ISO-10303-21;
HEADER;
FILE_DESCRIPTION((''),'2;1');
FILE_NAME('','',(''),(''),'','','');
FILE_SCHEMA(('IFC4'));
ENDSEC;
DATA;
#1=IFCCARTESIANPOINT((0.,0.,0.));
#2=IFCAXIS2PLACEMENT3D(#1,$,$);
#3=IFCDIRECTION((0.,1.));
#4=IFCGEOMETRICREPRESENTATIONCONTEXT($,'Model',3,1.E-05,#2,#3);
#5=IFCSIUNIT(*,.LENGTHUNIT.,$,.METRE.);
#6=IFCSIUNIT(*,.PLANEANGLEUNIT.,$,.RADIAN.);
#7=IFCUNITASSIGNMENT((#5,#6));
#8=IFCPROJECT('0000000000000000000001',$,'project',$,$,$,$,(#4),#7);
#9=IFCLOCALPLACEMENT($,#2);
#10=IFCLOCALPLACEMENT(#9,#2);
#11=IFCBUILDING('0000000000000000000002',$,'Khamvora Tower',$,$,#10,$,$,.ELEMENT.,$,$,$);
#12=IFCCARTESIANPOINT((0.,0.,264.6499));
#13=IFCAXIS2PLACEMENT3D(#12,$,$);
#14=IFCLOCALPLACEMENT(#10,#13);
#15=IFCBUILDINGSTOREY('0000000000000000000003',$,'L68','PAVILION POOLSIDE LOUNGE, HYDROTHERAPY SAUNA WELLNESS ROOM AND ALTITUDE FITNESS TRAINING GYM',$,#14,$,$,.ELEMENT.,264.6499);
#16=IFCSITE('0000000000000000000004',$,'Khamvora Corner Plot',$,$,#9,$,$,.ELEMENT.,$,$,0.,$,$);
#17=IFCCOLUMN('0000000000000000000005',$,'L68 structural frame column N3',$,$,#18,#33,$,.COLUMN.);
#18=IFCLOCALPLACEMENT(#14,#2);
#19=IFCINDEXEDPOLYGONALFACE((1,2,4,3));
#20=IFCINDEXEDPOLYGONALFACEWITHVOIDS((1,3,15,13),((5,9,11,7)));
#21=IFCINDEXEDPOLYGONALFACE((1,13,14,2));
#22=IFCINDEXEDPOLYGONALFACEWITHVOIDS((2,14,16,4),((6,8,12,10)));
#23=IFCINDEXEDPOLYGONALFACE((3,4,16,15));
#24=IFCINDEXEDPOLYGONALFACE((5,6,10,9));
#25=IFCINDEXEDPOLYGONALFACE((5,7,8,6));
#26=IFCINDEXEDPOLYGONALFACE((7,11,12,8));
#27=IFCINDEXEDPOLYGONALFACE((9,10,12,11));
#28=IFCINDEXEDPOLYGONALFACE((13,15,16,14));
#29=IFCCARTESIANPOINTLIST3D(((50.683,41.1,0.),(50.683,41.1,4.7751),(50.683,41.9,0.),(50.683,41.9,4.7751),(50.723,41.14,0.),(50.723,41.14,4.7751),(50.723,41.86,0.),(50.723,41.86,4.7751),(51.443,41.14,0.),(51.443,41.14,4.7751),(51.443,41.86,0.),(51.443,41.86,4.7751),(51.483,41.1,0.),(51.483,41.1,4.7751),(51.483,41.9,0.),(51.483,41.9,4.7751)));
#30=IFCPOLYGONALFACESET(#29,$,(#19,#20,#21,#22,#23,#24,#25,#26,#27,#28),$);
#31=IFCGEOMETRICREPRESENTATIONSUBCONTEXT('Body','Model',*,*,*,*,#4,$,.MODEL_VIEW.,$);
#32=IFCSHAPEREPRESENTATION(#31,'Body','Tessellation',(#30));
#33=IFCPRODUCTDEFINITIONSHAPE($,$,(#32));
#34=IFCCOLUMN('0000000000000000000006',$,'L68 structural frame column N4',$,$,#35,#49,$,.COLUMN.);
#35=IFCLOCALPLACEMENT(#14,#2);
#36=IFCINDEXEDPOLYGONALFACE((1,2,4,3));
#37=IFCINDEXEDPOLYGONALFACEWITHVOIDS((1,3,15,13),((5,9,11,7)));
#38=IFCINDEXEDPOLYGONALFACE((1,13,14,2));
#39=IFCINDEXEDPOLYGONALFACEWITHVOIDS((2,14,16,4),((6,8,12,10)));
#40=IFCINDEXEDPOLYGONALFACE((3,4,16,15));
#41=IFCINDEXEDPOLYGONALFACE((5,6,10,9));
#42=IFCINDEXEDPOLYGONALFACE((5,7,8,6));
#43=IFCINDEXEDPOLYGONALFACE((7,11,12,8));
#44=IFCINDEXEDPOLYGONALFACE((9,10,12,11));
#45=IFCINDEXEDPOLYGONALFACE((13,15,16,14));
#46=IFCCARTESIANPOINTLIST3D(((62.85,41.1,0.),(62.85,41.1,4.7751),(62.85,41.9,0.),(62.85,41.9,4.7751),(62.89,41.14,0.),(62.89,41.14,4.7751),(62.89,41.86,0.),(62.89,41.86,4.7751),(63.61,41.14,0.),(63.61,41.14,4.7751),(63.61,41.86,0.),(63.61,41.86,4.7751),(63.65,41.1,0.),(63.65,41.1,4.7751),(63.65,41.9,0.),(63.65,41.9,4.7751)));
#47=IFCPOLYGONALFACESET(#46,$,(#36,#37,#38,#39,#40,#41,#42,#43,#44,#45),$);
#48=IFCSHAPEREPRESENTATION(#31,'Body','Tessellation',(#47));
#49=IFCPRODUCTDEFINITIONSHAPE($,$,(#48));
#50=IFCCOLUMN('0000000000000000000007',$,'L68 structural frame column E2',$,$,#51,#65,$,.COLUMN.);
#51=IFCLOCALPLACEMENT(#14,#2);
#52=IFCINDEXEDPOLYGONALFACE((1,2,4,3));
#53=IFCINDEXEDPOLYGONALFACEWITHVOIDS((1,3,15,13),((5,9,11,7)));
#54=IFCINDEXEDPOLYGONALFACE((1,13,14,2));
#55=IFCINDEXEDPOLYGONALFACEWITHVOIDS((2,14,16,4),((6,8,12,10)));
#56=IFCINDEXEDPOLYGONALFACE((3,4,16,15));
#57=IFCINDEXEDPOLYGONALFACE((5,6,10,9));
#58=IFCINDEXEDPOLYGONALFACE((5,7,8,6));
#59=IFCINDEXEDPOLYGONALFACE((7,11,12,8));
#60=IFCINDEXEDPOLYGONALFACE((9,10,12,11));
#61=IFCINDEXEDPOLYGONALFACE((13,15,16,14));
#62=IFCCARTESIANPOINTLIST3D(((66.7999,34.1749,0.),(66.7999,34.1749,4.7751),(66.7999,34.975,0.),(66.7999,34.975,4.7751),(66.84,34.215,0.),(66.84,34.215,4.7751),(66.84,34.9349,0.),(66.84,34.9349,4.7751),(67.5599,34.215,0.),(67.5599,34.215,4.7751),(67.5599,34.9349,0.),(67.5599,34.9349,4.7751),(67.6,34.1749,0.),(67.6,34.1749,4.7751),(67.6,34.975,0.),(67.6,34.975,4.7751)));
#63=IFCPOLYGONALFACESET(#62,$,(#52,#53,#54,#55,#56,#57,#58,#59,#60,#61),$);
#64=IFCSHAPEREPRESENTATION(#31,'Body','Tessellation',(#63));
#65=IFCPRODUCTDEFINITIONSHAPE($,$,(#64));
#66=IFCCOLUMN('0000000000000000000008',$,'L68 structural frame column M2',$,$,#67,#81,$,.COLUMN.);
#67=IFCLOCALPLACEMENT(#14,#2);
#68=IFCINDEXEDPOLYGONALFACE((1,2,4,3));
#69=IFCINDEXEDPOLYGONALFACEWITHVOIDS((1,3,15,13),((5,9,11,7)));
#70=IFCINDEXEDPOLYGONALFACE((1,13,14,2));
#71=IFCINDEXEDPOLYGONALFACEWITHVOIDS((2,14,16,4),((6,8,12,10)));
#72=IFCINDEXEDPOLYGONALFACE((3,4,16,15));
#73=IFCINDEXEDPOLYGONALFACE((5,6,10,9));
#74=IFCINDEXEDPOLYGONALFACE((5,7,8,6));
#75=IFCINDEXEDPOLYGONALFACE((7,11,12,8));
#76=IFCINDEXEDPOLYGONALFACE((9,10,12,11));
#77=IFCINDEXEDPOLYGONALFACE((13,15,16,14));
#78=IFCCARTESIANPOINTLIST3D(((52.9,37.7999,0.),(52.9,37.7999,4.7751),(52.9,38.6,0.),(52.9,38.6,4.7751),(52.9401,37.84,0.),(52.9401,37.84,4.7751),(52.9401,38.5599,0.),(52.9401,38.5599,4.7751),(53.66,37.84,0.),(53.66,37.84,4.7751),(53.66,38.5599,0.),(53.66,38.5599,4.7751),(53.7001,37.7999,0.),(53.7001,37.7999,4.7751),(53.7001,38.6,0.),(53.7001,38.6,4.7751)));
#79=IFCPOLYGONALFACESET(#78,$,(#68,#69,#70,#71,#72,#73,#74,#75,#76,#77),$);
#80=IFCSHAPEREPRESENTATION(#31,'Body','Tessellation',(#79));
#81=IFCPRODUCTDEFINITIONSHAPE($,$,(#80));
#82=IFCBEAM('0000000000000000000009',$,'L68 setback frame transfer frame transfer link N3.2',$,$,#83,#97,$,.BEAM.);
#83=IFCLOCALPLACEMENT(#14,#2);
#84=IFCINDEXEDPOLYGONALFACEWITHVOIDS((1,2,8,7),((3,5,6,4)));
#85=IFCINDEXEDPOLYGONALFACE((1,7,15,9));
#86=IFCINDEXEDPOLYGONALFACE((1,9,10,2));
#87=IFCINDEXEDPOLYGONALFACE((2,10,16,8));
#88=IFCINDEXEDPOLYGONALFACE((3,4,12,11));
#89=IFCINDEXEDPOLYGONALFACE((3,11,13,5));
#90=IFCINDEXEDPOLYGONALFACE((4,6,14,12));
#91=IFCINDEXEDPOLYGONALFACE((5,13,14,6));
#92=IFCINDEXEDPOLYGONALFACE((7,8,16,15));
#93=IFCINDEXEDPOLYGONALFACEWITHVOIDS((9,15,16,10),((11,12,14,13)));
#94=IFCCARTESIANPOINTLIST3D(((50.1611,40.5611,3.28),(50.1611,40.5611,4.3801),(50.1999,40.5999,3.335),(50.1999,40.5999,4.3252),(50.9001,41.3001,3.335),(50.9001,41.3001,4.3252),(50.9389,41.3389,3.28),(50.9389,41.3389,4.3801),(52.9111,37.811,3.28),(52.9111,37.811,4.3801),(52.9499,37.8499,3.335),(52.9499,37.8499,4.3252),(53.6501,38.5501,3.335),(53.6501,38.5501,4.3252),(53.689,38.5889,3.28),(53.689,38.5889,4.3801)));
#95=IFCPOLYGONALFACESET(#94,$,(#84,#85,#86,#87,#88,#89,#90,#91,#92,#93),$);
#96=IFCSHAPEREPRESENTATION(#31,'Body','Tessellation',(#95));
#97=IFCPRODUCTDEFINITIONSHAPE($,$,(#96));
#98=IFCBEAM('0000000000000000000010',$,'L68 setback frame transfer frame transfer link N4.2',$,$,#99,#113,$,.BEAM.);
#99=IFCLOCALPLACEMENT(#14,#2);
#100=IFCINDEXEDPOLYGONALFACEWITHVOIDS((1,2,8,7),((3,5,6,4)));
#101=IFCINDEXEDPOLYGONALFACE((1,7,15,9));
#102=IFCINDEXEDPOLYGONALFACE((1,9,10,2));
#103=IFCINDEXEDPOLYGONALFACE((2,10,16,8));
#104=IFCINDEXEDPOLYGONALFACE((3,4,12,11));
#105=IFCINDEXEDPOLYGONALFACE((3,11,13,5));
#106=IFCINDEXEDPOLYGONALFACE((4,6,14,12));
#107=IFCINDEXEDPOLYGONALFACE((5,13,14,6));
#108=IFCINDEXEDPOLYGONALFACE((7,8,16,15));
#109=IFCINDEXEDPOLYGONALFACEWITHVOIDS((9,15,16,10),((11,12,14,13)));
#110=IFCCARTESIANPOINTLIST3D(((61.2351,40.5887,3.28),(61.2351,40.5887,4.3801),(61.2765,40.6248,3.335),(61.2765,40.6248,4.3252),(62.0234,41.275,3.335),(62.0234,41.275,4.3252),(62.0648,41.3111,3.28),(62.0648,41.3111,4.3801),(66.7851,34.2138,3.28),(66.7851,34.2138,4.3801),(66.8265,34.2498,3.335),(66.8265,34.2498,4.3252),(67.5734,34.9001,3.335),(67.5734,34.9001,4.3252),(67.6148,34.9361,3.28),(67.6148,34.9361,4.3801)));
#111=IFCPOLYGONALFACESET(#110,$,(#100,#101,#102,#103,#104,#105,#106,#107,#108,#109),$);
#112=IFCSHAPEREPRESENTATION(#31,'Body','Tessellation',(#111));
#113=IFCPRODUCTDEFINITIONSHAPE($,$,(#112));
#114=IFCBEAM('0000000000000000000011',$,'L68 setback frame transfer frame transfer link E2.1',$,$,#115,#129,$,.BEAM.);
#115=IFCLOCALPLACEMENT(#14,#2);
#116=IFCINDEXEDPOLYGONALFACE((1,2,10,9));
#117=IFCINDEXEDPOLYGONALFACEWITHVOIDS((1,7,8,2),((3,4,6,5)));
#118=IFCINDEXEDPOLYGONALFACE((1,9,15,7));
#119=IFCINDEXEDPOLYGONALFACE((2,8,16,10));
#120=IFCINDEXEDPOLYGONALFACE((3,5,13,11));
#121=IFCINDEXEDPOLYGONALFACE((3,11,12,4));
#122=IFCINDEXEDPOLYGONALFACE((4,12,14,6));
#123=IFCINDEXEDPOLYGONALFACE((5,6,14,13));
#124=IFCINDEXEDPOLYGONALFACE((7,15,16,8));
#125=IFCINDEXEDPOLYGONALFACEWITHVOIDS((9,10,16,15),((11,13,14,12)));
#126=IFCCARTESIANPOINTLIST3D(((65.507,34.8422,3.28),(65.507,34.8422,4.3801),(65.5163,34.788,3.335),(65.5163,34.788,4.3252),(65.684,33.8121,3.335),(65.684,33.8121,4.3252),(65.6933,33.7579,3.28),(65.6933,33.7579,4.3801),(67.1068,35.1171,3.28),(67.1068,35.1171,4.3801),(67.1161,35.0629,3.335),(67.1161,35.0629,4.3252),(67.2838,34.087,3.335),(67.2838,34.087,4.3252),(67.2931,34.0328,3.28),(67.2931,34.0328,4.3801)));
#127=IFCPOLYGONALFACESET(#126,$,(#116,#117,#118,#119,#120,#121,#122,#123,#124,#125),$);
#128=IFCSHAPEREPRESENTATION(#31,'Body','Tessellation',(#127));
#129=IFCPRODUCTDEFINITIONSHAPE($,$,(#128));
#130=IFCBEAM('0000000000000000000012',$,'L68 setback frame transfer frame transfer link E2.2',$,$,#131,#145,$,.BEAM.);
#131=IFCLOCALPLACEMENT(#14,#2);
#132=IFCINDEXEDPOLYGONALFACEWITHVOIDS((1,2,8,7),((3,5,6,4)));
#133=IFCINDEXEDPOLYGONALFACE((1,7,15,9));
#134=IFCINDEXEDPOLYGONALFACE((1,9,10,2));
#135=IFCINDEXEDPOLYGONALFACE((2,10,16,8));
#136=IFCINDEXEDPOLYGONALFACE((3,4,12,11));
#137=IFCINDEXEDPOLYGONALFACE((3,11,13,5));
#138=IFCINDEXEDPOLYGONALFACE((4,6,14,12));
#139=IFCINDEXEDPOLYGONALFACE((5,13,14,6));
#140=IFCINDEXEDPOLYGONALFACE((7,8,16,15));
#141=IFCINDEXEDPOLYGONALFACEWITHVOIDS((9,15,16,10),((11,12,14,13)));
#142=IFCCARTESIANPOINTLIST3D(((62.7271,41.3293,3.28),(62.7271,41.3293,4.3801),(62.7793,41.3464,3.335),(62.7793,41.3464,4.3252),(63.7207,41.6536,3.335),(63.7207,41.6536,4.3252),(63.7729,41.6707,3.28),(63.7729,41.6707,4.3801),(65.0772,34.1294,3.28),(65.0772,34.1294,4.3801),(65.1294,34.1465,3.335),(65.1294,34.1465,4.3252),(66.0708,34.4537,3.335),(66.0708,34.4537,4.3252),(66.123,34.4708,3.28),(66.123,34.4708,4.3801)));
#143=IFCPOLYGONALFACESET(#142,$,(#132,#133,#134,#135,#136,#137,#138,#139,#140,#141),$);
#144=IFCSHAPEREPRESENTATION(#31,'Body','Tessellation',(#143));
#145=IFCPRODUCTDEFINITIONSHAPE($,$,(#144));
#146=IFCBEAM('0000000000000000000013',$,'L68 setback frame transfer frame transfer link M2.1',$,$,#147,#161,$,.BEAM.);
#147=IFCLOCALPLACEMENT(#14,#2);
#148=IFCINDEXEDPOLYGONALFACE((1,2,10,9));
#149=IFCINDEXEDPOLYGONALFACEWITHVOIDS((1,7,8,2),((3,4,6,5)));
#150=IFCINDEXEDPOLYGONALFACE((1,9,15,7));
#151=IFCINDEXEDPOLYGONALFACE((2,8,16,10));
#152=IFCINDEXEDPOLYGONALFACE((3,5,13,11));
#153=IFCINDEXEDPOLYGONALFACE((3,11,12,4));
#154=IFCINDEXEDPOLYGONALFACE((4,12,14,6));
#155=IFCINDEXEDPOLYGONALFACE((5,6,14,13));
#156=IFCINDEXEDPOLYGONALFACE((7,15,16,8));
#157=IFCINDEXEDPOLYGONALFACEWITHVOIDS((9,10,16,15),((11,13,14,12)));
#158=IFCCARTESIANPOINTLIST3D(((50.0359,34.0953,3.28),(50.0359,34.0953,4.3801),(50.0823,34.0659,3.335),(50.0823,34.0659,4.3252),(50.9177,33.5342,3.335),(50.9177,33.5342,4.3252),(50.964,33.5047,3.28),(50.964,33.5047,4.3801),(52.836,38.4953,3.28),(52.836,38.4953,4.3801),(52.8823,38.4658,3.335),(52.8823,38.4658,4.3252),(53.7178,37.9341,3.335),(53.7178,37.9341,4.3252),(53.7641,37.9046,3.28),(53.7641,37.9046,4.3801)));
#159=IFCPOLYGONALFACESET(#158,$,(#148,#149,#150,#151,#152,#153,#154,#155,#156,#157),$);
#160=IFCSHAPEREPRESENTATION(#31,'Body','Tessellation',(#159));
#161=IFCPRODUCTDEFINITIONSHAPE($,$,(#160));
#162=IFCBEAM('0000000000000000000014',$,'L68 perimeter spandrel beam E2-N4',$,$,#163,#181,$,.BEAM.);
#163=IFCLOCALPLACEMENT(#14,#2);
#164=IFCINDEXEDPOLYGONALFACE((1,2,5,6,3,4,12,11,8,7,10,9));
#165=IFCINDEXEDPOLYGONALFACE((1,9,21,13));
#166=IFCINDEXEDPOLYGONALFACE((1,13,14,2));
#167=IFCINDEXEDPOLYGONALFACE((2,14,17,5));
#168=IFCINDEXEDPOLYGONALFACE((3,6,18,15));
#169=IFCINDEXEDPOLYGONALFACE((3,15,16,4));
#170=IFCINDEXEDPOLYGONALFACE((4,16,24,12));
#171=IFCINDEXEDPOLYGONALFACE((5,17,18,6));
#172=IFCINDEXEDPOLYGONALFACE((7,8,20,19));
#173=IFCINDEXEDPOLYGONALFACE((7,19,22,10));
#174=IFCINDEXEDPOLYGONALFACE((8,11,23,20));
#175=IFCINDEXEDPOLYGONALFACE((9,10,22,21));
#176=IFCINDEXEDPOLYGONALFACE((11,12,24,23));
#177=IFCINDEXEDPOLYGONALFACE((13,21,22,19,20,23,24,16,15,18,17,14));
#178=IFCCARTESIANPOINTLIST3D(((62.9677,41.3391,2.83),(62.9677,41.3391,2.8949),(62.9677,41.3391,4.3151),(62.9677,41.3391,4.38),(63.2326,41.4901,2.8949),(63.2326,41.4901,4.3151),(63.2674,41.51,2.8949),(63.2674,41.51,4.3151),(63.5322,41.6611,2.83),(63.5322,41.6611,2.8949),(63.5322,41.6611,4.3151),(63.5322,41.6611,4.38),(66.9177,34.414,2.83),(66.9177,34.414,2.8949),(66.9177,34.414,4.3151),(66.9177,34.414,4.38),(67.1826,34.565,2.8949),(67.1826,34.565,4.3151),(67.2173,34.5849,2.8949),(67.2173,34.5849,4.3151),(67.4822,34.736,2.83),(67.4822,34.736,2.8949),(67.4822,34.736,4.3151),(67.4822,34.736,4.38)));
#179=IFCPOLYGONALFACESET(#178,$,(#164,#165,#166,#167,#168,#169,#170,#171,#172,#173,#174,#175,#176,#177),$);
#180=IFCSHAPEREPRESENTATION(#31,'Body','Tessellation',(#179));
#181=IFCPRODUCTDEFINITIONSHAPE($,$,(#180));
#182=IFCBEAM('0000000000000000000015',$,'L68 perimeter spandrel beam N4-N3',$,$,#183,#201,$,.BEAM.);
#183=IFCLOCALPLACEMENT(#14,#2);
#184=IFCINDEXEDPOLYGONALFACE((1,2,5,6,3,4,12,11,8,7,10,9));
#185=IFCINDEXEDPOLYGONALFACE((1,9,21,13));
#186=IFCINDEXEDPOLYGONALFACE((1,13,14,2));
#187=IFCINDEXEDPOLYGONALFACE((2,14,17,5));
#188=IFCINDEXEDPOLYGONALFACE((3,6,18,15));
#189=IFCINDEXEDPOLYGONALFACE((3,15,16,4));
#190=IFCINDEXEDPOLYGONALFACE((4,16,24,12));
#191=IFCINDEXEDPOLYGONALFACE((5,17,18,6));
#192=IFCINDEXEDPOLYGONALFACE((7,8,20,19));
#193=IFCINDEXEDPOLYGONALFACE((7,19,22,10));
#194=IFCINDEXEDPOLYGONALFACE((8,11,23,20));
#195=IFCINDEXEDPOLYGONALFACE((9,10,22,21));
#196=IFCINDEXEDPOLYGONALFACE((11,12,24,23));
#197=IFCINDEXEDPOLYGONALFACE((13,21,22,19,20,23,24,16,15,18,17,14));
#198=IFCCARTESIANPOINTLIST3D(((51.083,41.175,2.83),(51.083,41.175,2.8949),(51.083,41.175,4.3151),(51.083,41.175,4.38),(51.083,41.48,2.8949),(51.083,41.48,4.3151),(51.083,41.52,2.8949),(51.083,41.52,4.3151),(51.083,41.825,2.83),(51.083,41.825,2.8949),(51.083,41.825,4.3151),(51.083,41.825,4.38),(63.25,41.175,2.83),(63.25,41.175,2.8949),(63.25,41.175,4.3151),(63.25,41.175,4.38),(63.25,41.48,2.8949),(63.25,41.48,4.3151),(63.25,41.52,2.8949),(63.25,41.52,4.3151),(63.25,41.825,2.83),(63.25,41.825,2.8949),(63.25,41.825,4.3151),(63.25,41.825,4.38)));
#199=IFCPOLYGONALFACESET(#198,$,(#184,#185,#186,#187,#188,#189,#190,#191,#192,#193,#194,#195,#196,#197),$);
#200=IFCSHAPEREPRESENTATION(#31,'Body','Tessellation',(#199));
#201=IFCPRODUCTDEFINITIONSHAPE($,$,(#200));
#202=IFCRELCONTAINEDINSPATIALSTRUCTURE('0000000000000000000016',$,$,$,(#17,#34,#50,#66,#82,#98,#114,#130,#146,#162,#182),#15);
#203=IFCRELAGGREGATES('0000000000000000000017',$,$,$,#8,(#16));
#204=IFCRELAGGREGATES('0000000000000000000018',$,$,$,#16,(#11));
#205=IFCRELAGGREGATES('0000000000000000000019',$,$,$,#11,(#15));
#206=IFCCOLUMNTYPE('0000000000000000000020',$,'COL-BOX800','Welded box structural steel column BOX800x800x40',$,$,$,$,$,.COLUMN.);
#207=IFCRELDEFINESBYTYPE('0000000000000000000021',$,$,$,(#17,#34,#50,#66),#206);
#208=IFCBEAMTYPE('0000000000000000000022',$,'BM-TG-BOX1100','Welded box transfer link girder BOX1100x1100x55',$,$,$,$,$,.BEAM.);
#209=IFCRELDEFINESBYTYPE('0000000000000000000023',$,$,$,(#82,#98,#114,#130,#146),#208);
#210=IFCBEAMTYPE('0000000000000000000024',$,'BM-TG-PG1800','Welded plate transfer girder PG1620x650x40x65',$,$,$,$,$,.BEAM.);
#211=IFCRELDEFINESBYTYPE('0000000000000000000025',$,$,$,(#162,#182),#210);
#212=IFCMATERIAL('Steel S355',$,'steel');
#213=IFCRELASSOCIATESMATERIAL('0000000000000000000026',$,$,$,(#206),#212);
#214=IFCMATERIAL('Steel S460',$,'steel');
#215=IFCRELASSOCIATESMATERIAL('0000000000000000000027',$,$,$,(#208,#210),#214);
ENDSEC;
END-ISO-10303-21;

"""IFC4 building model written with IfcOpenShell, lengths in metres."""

from ifc_helpers import new_model, si_unit, direction, frame, origin, origin_2d, place, context, subcontext, project, spatial, hollow_rectangle, i_section, extrude, material, material_profile, profile_set, type_object, element, save


model = new_model("IFC4")

# Units and contexts
model_context = context("Model", 3, precision=1e-05, world=origin(), true_north=direction((0.0, 1.0)))
body_context = subcontext(model_context, "Body", "Model", "MODEL_VIEW")
ifc_project = project(units=[si_unit("LENGTHUNIT", "METRE"), si_unit("PLANEANGLEUNIT", "RADIAN")], contexts=[model_context])

# Site, building, storey
site_placement = place(None, origin())
site = spatial("IfcSite", under=ifc_project, at=site_placement, Name="Khamvora Corner Plot", CompositionType="ELEMENT", RefElevation=0.0)
building_placement = place(site_placement, origin())
building = spatial("IfcBuilding", under=site, at=building_placement, Name="Khamvora Tower", CompositionType="ELEMENT")
storey_placement = place(building_placement, frame((0.0, 0.0, 264.6499)))
storey = spatial("IfcBuildingStorey", under=building, at=storey_placement, Name="L68", Description="PAVILION POOLSIDE LOUNGE, HYDROTHERAPY SAUNA WELLNESS ROOM AND ALTITUDE FITNESS TRAINING GYM", CompositionType="ELEMENT", Elevation=264.6499)

# Columns
ifc_material_1 = material(Name="Steel S355", Category="steel")
ifc_material_profile_1 = material_profile(ifc_material_1, hollow_rectangle(XDim=0.8, YDim=0.8, WallThickness=0.04, at=origin_2d()), Name="BOX800x800x40")
ifc_profile_set_1 = profile_set([ifc_material_profile_1], Name="Steel S355")
column_type = type_object("IfcColumnType", Name="COL-BOX800", Description="Welded box structural steel column BOX800x800x40", PredefinedType="COLUMN", material=ifc_profile_set_1)
for number, where, z_axis, x_axis, name in (
    (1, (51.083, 41.5, 0.0), (0.0, 0.0, 1.0), (1.0, 0.0, 0.0), "L68 structural frame column N3"),
    (2, (63.25, 41.5, 0.0), (0.0, 0.0, 1.0), (1.0, 0.0, 0.0), "L68 structural frame column N4"),
    (3, (67.2, 34.575, 0.0), (0.0, 0.0, 1.0), (1.0, 0.0, 0.0), "L68 structural frame column E2"),
    (4, (53.3, 38.2, 0.0), (0.0, 0.0, 1.0), (1.0, 0.0, 0.0), "L68 structural frame column M2"),
):
    element("IfcColumn", number, at=place(storey_placement, frame(where, z_axis=z_axis, x_axis=x_axis)), inside=storey, type_object=column_type, Name=name, PredefinedType="COLUMN", context=body_context, shape_type="SweptSolid", body=[
        extrude(hollow_rectangle(XDim=0.8, YDim=0.8, WallThickness=0.04, at=origin_2d()), origin(), (0.0, 0.0, 1.0), 4.7751),
    ])

# Beams
ifc_material_2 = material(Name="Steel S460", Category="steel")
ifc_material_profile_2 = material_profile(ifc_material_2, hollow_rectangle(XDim=1.1001, YDim=1.1001, WallThickness=0.0549, at=origin_2d()), Name="BOX1100x1100x55")
ifc_profile_set_2 = profile_set([ifc_material_profile_2], Name="Steel S460")
beam_type_1 = type_object("IfcBeamType", Name="BM-TG-BOX1100", Description="Welded box transfer link girder BOX1100x1100x55", PredefinedType="BEAM", material=ifc_profile_set_2)
beam_1_placement = place(storey_placement, frame((53.3, 38.2, 3.8301), z_axis=(-0.707107, 0.707107, 0.0), x_axis=(-0.707107, -0.707107, 0.0)))
element("IfcBeam", 5, at=beam_1_placement, inside=storey, type_object=beam_type_1, Name="L68 setback frame transfer frame transfer link N3.2", PredefinedType="BEAM", context=body_context, shape_type="SweptSolid", body=[
    extrude(hollow_rectangle(XDim=1.1001, YDim=1.1001, WallThickness=0.0549, at=origin_2d()), origin(), (0.0, 0.0, 1.0), 3.8892),
])
beam_2_placement = place(storey_placement, frame((67.2, 34.575, 3.8301), z_axis=(-0.656621, 0.75422, 0.0), x_axis=(-0.75422, -0.656621, 0.0)))
element("IfcBeam", 6, at=beam_2_placement, inside=storey, type_object=beam_type_1, Name="L68 setback frame transfer frame transfer link N4.2", PredefinedType="BEAM", context=body_context, shape_type="SweptSolid", body=[
    extrude(hollow_rectangle(XDim=1.1001, YDim=1.1001, WallThickness=0.0549, at=origin_2d()), origin(), (0.0, 0.0, 1.0), 8.4524),
])
beam_3_placement = place(storey_placement, frame((67.2, 34.575, 3.8301), z_axis=(-0.985556, -0.169348, 0.0), x_axis=(0.169348, -0.985556, 0.0)))
element("IfcBeam", 7, at=beam_3_placement, inside=storey, type_object=beam_type_1, Name="L68 setback frame transfer frame transfer link E2.1", PredefinedType="BEAM", context=body_context, shape_type="SweptSolid", body=[
    extrude(hollow_rectangle(XDim=1.1001, YDim=1.1001, WallThickness=0.0549, at=origin_2d()), origin(), (0.0, 0.0, 1.0), 1.6233),
])
beam_4_placement = place(storey_placement, frame((63.25, 41.5, 3.8301), z_axis=(0.310294, -0.950641, 0.0), x_axis=(0.950641, 0.310294, 0.0)))
element("IfcBeam", 8, at=beam_4_placement, inside=storey, type_object=beam_type_1, Name="L68 setback frame transfer frame transfer link E2.2", PredefinedType="BEAM", context=body_context, shape_type="SweptSolid", body=[
    extrude(hollow_rectangle(XDim=1.1001, YDim=1.1001, WallThickness=0.0549, at=origin_2d()), origin(), (0.0, 0.0, 1.0), 7.5737),
])
beam_5_placement = place(storey_placement, frame((53.3, 38.2, 3.8301), z_axis=(-0.536891, -0.843652, 0.0), x_axis=(0.843652, -0.536891, 0.0)))
element("IfcBeam", 9, at=beam_5_placement, inside=storey, type_object=beam_type_1, Name="L68 setback frame transfer frame transfer link M2.1", PredefinedType="BEAM", context=body_context, shape_type="SweptSolid", body=[
    extrude(hollow_rectangle(XDim=1.1001, YDim=1.1001, WallThickness=0.0549, at=origin_2d()), origin(), (0.0, 0.0, 1.0), 5.2153),
])
ifc_material_profile_3 = material_profile(ifc_material_2, i_section(OverallWidth=0.6499, OverallDepth=1.55, WebThickness=0.04, FlangeThickness=0.0649, at=origin_2d()), Name="PG1550x650x40x65")
ifc_profile_set_3 = profile_set([ifc_material_profile_3], Name="Steel S460")
beam_type_2 = type_object("IfcBeamType", Name="BM-TG-PG1800", Description="Welded plate transfer girder PG1620x650x40x65", PredefinedType="BEAM", material=ifc_profile_set_3)
beam_6_placement = place(storey_placement, frame((67.2, 34.575, 3.605), z_axis=(-0.495456, 0.868633, 0.0), x_axis=(-0.868633, -0.495456, 0.0)))
element("IfcBeam", 10, at=beam_6_placement, inside=storey, type_object=beam_type_2, Name="L68 perimeter spandrel beam E2-N4", PredefinedType="BEAM", context=body_context, shape_type="SweptSolid", body=[
    extrude(i_section(OverallWidth=0.6499, OverallDepth=1.55, WebThickness=0.04, FlangeThickness=0.0649, at=origin_2d()), origin(), (0.0, 0.0, 1.0), 7.9724),
])
beam_7_placement = place(storey_placement, frame((63.25, 41.5, 3.605), z_axis=(-1.0, 0.0, 0.0), x_axis=(0.0, -1.0, 0.0)))
element("IfcBeam", 11, at=beam_7_placement, inside=storey, type_object=beam_type_2, Name="L68 perimeter spandrel beam N4-N3", PredefinedType="BEAM", context=body_context, shape_type="SweptSolid", body=[
    extrude(i_section(OverallWidth=0.6499, OverallDepth=1.55, WebThickness=0.04, FlangeThickness=0.0649, at=origin_2d()), origin(), (0.0, 0.0, 1.0), 12.167),
])

save(model, "model.ifc")
